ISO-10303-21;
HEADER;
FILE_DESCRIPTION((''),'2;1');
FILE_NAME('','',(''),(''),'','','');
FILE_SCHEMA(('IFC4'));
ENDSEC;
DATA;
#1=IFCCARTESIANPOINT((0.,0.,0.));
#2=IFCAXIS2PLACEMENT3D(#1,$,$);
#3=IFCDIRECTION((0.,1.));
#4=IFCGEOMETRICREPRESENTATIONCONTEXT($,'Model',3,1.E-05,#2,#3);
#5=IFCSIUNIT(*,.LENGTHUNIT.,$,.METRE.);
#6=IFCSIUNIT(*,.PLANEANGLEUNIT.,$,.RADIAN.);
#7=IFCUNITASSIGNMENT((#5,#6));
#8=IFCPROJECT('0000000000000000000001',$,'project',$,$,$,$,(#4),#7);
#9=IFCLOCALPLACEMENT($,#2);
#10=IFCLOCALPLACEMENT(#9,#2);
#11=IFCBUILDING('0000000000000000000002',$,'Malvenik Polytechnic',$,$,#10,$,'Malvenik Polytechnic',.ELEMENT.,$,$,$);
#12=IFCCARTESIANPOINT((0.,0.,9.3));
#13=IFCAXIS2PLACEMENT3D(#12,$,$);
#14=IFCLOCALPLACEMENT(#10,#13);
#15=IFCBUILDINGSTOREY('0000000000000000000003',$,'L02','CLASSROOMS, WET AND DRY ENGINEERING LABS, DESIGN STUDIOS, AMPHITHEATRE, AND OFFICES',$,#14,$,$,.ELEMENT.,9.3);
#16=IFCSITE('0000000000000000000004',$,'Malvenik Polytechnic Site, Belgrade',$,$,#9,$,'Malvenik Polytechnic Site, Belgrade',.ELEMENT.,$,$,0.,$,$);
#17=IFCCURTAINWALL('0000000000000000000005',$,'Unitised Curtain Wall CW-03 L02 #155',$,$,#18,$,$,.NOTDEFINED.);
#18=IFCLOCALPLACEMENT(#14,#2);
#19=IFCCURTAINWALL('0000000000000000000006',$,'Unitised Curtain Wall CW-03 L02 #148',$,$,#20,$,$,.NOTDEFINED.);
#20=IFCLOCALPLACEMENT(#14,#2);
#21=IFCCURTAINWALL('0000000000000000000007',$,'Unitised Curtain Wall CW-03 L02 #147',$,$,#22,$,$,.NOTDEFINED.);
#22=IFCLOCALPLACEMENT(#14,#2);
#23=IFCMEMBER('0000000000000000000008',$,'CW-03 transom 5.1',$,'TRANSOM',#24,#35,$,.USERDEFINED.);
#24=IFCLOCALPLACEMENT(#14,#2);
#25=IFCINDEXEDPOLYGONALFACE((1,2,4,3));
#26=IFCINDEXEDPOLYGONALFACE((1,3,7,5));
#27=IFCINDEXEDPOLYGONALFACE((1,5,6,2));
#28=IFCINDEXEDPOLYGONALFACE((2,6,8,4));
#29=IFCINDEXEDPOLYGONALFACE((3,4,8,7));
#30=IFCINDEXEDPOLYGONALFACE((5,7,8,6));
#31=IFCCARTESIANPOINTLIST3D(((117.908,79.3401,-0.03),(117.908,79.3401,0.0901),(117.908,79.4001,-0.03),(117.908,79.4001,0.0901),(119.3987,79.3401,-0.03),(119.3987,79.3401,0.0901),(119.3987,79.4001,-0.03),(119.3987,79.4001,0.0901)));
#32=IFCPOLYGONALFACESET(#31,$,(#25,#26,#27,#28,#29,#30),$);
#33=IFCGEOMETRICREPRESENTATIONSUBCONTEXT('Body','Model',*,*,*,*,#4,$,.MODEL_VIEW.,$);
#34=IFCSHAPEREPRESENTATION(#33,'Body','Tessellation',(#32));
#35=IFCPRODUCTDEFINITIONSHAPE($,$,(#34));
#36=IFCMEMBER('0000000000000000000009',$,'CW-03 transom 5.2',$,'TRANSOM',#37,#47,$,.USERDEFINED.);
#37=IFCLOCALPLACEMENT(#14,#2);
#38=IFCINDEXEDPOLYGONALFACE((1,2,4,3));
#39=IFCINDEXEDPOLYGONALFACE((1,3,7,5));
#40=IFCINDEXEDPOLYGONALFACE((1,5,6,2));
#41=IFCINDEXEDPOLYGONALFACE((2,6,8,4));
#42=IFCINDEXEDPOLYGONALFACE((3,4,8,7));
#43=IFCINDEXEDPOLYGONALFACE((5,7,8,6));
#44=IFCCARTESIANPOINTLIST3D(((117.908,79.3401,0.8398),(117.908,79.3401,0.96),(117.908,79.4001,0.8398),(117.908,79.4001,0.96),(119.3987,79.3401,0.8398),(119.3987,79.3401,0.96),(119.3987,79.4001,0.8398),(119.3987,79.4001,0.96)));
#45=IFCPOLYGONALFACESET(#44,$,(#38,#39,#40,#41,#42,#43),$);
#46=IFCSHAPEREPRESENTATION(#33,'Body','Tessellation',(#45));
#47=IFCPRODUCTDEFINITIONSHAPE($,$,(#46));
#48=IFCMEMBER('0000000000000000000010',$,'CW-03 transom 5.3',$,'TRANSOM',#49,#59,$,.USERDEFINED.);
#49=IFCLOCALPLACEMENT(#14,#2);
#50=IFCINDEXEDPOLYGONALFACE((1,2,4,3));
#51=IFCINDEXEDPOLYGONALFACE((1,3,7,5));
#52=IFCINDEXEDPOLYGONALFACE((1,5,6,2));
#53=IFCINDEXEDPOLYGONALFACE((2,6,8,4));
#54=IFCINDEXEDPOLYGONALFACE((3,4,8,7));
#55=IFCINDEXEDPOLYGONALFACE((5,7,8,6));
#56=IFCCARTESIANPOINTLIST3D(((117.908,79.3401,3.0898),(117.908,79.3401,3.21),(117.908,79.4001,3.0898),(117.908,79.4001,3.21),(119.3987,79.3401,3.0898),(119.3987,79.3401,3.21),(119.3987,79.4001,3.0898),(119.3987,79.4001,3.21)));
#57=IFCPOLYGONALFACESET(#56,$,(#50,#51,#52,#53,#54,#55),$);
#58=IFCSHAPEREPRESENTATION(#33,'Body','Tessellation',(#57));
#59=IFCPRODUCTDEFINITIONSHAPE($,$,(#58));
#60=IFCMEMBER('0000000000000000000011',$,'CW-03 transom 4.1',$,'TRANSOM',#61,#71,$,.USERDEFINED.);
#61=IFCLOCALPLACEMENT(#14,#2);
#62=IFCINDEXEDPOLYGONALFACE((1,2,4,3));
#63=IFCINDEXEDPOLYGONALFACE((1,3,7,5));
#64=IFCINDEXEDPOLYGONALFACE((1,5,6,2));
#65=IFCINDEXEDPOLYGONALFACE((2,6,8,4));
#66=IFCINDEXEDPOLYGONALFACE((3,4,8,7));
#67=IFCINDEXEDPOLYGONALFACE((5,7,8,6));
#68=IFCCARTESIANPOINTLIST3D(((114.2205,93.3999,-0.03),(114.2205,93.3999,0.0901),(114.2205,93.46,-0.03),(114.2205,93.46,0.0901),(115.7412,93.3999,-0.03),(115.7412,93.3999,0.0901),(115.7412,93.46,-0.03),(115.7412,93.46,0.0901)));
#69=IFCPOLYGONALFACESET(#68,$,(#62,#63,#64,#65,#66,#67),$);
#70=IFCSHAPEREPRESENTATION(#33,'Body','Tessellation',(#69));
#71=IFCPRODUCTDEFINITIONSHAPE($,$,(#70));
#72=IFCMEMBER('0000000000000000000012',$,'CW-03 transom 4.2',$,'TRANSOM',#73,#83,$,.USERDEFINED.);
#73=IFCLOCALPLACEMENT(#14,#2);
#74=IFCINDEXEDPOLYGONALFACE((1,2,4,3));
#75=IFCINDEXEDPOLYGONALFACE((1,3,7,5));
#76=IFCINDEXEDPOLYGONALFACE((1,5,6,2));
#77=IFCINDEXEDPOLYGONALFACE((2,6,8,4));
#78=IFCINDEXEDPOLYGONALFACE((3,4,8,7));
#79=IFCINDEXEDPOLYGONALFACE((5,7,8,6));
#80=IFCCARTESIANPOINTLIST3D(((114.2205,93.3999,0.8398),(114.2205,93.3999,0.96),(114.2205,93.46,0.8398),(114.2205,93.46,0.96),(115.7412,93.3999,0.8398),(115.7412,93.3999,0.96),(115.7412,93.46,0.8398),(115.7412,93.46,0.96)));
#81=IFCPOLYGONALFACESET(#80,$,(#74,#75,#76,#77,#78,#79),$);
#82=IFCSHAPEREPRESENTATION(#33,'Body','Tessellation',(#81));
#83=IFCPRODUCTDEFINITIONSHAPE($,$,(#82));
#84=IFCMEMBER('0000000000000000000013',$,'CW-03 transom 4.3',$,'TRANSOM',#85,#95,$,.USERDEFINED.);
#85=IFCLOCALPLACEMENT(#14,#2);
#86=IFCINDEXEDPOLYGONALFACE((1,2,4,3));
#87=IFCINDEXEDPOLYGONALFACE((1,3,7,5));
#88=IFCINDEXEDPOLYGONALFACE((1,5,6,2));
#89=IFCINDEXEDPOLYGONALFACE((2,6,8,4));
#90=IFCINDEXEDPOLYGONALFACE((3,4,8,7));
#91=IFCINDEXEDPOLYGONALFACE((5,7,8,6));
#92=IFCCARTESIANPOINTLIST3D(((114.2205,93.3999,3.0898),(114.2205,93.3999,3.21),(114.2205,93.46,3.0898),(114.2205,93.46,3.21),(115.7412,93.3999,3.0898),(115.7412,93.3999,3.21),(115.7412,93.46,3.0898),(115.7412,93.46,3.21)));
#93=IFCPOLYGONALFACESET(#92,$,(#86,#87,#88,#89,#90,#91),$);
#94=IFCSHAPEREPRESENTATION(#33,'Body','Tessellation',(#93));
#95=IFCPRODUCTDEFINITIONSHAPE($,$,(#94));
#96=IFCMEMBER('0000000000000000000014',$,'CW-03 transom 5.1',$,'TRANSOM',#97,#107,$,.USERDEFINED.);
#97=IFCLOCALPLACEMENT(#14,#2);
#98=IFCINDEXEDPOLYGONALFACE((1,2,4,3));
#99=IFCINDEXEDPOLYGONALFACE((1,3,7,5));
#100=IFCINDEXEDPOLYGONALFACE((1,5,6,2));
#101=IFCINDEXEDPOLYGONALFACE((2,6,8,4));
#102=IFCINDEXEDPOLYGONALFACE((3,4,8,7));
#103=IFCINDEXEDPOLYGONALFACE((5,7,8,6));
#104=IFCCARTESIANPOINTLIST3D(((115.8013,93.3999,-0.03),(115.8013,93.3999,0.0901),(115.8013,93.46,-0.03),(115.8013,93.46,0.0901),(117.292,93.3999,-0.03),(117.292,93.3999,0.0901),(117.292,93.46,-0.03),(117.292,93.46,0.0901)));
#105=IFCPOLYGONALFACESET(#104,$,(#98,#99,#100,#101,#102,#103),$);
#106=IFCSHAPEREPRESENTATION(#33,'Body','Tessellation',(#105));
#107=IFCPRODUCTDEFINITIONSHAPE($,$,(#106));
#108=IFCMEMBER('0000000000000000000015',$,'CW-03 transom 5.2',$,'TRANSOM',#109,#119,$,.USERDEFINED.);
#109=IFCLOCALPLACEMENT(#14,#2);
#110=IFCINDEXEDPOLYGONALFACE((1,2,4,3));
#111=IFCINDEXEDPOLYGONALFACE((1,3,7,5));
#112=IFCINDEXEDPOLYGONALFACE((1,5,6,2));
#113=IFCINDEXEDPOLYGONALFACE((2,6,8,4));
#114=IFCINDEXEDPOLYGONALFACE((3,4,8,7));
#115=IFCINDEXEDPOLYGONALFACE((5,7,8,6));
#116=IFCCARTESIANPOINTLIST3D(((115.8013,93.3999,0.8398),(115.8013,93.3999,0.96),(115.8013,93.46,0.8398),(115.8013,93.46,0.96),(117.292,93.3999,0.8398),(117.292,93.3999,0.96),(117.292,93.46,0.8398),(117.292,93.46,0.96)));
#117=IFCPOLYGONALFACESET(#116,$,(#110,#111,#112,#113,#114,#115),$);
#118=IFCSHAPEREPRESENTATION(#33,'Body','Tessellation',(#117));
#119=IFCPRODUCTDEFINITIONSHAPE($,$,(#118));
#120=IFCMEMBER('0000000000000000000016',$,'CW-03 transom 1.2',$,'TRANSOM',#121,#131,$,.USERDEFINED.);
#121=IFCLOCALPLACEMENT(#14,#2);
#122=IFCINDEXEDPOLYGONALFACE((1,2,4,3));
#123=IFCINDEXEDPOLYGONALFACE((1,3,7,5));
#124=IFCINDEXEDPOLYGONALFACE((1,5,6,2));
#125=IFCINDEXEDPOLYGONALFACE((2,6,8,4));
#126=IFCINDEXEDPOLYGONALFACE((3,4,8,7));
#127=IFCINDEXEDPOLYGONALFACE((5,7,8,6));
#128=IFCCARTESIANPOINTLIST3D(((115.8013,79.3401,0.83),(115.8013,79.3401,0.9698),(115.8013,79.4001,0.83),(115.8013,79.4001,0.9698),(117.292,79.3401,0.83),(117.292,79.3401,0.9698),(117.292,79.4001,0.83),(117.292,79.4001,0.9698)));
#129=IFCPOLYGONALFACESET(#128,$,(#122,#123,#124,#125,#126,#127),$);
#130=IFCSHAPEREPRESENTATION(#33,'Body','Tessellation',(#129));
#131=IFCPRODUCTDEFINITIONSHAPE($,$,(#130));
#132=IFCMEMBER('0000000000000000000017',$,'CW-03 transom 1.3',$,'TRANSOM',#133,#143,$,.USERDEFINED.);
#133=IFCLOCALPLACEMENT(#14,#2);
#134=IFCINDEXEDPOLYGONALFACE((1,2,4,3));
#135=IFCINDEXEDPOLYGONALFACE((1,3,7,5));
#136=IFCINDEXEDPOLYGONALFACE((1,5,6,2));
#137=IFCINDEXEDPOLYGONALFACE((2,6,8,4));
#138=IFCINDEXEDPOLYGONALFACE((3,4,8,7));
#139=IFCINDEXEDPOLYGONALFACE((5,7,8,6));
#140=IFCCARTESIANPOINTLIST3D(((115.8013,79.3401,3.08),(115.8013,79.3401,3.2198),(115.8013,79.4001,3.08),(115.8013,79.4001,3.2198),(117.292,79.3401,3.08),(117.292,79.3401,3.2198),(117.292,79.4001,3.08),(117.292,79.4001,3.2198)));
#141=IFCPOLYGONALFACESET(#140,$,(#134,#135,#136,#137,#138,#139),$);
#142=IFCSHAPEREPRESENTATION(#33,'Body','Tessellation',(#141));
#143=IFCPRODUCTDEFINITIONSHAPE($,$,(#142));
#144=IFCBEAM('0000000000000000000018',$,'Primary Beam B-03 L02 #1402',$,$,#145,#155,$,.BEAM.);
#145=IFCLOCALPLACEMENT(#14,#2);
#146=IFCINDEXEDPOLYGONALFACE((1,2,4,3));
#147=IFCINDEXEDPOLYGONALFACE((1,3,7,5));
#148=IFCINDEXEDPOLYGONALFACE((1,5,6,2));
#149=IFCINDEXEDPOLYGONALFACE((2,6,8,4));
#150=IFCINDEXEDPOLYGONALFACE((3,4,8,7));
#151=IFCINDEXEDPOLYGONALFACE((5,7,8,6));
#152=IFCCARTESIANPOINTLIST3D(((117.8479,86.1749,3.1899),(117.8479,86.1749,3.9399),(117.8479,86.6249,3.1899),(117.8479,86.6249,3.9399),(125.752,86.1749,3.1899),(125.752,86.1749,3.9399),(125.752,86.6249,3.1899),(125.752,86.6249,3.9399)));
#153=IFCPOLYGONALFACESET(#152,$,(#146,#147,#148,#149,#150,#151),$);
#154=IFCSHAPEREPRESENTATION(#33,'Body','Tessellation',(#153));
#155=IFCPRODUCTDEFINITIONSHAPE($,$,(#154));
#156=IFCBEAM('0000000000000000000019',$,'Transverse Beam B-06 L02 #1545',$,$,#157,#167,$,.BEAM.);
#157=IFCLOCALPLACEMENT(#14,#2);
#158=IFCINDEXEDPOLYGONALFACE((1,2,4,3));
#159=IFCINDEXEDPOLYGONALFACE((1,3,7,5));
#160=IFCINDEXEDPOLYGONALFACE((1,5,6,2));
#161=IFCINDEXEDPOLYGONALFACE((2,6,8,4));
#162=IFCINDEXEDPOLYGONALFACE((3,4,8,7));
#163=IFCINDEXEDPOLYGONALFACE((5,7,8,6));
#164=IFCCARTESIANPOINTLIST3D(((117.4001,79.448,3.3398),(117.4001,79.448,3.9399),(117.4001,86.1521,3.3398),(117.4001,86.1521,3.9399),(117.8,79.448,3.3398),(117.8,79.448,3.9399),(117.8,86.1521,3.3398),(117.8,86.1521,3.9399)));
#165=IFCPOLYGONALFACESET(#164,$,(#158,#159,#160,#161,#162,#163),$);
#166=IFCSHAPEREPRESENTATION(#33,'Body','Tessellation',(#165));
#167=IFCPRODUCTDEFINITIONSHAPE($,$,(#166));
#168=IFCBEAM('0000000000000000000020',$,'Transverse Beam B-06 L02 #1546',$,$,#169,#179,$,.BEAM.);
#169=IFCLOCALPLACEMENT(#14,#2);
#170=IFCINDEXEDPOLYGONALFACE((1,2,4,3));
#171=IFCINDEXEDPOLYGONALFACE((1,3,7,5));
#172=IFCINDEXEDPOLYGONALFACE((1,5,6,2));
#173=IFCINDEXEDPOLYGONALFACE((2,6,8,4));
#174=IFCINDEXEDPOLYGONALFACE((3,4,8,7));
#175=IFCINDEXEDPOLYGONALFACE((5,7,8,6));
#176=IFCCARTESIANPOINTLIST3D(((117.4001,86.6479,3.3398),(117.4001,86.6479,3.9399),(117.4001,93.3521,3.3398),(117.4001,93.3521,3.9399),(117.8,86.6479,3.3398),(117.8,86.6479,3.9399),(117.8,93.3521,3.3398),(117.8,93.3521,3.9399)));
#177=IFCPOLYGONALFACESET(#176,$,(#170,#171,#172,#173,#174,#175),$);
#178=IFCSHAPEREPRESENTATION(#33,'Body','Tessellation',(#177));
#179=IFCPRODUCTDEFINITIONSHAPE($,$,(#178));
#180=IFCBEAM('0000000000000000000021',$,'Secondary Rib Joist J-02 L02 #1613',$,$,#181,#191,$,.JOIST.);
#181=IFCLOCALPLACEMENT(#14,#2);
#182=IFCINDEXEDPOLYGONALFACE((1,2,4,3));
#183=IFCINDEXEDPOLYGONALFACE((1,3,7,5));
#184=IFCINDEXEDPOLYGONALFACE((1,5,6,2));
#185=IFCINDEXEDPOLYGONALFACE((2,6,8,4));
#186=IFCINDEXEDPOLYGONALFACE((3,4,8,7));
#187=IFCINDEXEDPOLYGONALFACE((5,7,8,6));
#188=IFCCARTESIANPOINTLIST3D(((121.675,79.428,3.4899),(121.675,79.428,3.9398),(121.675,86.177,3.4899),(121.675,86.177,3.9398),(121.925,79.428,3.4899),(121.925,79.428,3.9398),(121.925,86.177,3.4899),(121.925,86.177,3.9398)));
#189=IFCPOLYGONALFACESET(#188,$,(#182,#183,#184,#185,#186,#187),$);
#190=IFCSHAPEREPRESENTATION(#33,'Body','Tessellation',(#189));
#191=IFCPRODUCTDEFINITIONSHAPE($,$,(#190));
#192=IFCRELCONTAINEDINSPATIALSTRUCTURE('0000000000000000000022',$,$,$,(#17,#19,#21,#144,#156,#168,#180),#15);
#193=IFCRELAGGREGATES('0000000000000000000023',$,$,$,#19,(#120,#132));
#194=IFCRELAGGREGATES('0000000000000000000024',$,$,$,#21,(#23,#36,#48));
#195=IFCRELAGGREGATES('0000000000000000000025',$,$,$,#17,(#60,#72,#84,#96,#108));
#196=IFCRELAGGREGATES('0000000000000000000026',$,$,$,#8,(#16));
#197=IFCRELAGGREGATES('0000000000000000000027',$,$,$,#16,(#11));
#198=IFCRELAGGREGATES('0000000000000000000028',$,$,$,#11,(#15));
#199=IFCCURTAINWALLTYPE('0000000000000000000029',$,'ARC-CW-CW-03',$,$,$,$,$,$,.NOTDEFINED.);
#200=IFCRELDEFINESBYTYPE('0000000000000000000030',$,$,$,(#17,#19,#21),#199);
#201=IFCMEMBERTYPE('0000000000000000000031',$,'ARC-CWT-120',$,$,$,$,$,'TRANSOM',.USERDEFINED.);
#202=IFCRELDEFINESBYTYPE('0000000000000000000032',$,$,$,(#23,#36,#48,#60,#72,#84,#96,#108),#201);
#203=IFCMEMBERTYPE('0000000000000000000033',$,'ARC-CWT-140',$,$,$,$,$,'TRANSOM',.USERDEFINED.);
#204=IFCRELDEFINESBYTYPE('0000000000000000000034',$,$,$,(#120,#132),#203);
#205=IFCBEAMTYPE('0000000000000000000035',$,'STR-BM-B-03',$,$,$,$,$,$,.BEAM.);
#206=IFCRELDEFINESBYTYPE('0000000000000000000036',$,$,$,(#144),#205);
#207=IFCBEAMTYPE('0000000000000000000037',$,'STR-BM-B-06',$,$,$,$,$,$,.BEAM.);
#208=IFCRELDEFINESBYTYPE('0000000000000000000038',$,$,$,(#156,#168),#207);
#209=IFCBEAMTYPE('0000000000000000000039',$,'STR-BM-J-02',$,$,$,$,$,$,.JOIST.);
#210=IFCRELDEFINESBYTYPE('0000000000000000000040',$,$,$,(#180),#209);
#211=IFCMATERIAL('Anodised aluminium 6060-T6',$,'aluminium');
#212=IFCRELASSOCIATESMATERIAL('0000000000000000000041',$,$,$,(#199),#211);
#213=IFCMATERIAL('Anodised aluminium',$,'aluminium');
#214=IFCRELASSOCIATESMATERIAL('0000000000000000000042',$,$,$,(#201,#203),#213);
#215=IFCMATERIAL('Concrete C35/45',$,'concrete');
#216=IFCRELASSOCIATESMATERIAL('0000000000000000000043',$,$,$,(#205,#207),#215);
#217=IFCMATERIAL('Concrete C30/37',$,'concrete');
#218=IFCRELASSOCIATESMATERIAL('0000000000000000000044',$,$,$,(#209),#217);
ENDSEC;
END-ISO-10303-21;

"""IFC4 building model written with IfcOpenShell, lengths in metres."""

from ifc_helpers import new_model, si_unit, direction, frame, origin, origin_2d, place, context, subcontext, project, spatial, rectangle, extrude, material, material_profile, profile_set, type_object, element, aggregate, save


model = new_model("IFC4")

# Units and contexts
model_context = context("Model", 3, precision=1e-05, world=origin(), true_north=direction((0.0, 1.0)))
body_context = subcontext(model_context, "Body", "Model", "MODEL_VIEW")
ifc_project = project(units=[si_unit("LENGTHUNIT", "METRE"), si_unit("PLANEANGLEUNIT", "RADIAN")], contexts=[model_context])

# Site, building, storey
site_placement = place(None, origin())
site = spatial("IfcSite", under=ifc_project, at=site_placement, Name="Malvenik Polytechnic Site, Belgrade", LongName="Malvenik Polytechnic Site, Belgrade", CompositionType="ELEMENT", RefElevation=0.0)
building_placement = place(site_placement, origin())
building = spatial("IfcBuilding", under=site, at=building_placement, Name="Malvenik Polytechnic", LongName="Malvenik Polytechnic", CompositionType="ELEMENT")
storey_placement = place(building_placement, frame((0.0, 0.0, 9.3)))
storey = spatial("IfcBuildingStorey", under=building, at=storey_placement, Name="L02", Description="CLASSROOMS, WET AND DRY ENGINEERING LABS, DESIGN STUDIOS, AMPHITHEATRE, AND OFFICES", CompositionType="ELEMENT", Elevation=9.3)

# Shared definitions
ifc_material_1 = material(Name="Concrete C35/45", Category="concrete")

# Curtain wall
ifc_material_2 = material(Name="Anodised aluminium 6060-T6", Category="aluminium")
curtain_wall_type = type_object("IfcCurtainWallType", Name="ARC-CW-CW-03", PredefinedType="NOTDEFINED", material=ifc_material_2)
curtain_wall_1_placement = place(storey_placement, origin())
curtain_wall_1 = element("IfcCurtainWall", 1, at=curtain_wall_1_placement, inside=storey, type_object=curtain_wall_type, Name="Unitised Curtain Wall CW-03 L02 #155", PredefinedType="NOTDEFINED")
ifc_material_3 = material(Name="Anodised aluminium", Category="aluminium")

# Curtain wall
curtain_wall_2_placement = place(storey_placement, origin())
curtain_wall_2 = element("IfcCurtainWall", 2, at=curtain_wall_2_placement, inside=storey, type_object=curtain_wall_type, Name="Unitised Curtain Wall CW-03 L02 #148", PredefinedType="NOTDEFINED")

# Curtain wall, members
curtain_wall_3_placement = place(storey_placement, origin())
curtain_wall_3 = element("IfcCurtainWall", 3, at=curtain_wall_3_placement, inside=storey, type_object=curtain_wall_type, Name="Unitised Curtain Wall CW-03 L02 #147", PredefinedType="NOTDEFINED")
ifc_material_profile_1 = material_profile(ifc_material_3, rectangle(XDim=0.0601, YDim=0.1201, at=origin_2d()), Name="ALU TRANSOM 60x120")
ifc_profile_set_1 = profile_set([ifc_material_profile_1], Name="Anodised aluminium")
member_type_1 = type_object("IfcMemberType", Name="ARC-CWT-120", ElementType="TRANSOM", PredefinedType="USERDEFINED", material=ifc_profile_set_1)
member_1_placement = place(storey_placement, frame((119.3987, 79.3701, 0.03), z_axis=(-1.0, 0.0, 0.0), x_axis=(0.0, -1.0, 0.0)))
member_1 = element("IfcMember", 4, at=member_1_placement, type_object=member_type_1, Name="CW-03 transom 5.1", ObjectType="TRANSOM", PredefinedType="USERDEFINED", context=body_context, shape_type="SweptSolid", body=[
    extrude(rectangle(XDim=0.0601, YDim=0.1201, at=origin_2d()), origin(), (0.0, 0.0, 1.0), 1.4907),
])
member_2_placement = place(storey_placement, frame((119.3987, 79.3701, 0.8999), z_axis=(-1.0, 0.0, 0.0), x_axis=(0.0, -1.0, 0.0)))
member_2 = element("IfcMember", 5, at=member_2_placement, type_object=member_type_1, Name="CW-03 transom 5.2", ObjectType="TRANSOM", PredefinedType="USERDEFINED", context=body_context, shape_type="SweptSolid", body=[
    extrude(rectangle(XDim=0.0601, YDim=0.1201, at=origin_2d()), origin(), (0.0, 0.0, 1.0), 1.4907),
])
member_3_placement = place(storey_placement, frame((119.3987, 79.3701, 3.1499), z_axis=(-1.0, 0.0, 0.0), x_axis=(0.0, -1.0, 0.0)))
member_3 = element("IfcMember", 6, at=member_3_placement, type_object=member_type_1, Name="CW-03 transom 5.3", ObjectType="TRANSOM", PredefinedType="USERDEFINED", context=body_context, shape_type="SweptSolid", body=[
    extrude(rectangle(XDim=0.0601, YDim=0.1201, at=origin_2d()), origin(), (0.0, 0.0, 1.0), 1.4907),
])

# Members
member_4_placement = place(storey_placement, frame((114.2205, 93.4299, 0.03), z_axis=(1.0, 0.0, 0.0), x_axis=(0.0, 1.0, 0.0)))
member_4 = element("IfcMember", 7, at=member_4_placement, type_object=member_type_1, Name="CW-03 transom 4.1", ObjectType="TRANSOM", PredefinedType="USERDEFINED", context=body_context, shape_type="SweptSolid", body=[
    extrude(rectangle(XDim=0.0601, YDim=0.1201, at=origin_2d()), origin(), (0.0, 0.0, 1.0), 1.5208),
])
member_5_placement = place(storey_placement, frame((114.2205, 93.4299, 0.8999), z_axis=(1.0, 0.0, 0.0), x_axis=(0.0, 1.0, 0.0)))
member_5 = element("IfcMember", 8, at=member_5_placement, type_object=member_type_1, Name="CW-03 transom 4.2", ObjectType="TRANSOM", PredefinedType="USERDEFINED", context=body_context, shape_type="SweptSolid", body=[
    extrude(rectangle(XDim=0.0601, YDim=0.1201, at=origin_2d()), origin(), (0.0, 0.0, 1.0), 1.5208),
])
member_6_placement = place(storey_placement, frame((114.2205, 93.4299, 3.1499), z_axis=(1.0, 0.0, 0.0), x_axis=(0.0, 1.0, 0.0)))
member_6 = element("IfcMember", 9, at=member_6_placement, type_object=member_type_1, Name="CW-03 transom 4.3", ObjectType="TRANSOM", PredefinedType="USERDEFINED", context=body_context, shape_type="SweptSolid", body=[
    extrude(rectangle(XDim=0.0601, YDim=0.1201, at=origin_2d()), origin(), (0.0, 0.0, 1.0), 1.5208),
])
member_7_placement = place(storey_placement, frame((115.8013, 93.4299, 0.03), z_axis=(1.0, 0.0, 0.0), x_axis=(0.0, 1.0, 0.0)))
member_7 = element("IfcMember", 10, at=member_7_placement, type_object=member_type_1, Name="CW-03 transom 5.1", ObjectType="TRANSOM", PredefinedType="USERDEFINED", context=body_context, shape_type="SweptSolid", body=[
    extrude(rectangle(XDim=0.0601, YDim=0.1201, at=origin_2d()), origin(), (0.0, 0.0, 1.0), 1.4907),
])
member_8_placement = place(storey_placement, frame((115.8013, 93.4299, 0.8999), z_axis=(1.0, 0.0, 0.0), x_axis=(0.0, 1.0, 0.0)))
member_8 = element("IfcMember", 11, at=member_8_placement, type_object=member_type_1, Name="CW-03 transom 5.2", ObjectType="TRANSOM", PredefinedType="USERDEFINED", context=body_context, shape_type="SweptSolid", body=[
    extrude(rectangle(XDim=0.0601, YDim=0.1201, at=origin_2d()), origin(), (0.0, 0.0, 1.0), 1.4907),
])
ifc_material_profile_2 = material_profile(ifc_material_3, rectangle(XDim=0.0601, YDim=0.1399, at=origin_2d()), Name="ALU TRANSOM 60x140")
ifc_profile_set_2 = profile_set([ifc_material_profile_2], Name="Anodised aluminium")
member_type_2 = type_object("IfcMemberType", Name="ARC-CWT-140", ElementType="TRANSOM", PredefinedType="USERDEFINED", material=ifc_profile_set_2)
member_9_placement = place(storey_placement, frame((117.292, 79.3701, 0.8999), z_axis=(-1.0, 0.0, 0.0), x_axis=(0.0, -1.0, 0.0)))
member_9 = element("IfcMember", 12, at=member_9_placement, type_object=member_type_2, Name="CW-03 transom 1.2", ObjectType="TRANSOM", PredefinedType="USERDEFINED", context=body_context, shape_type="SweptSolid", body=[
    extrude(rectangle(XDim=0.0601, YDim=0.1399, at=origin_2d()), origin(), (0.0, 0.0, 1.0), 1.4907),
])
member_10_placement = place(storey_placement, frame((117.292, 79.3701, 3.1499), z_axis=(-1.0, 0.0, 0.0), x_axis=(0.0, -1.0, 0.0)))
member_10 = element("IfcMember", 13, at=member_10_placement, type_object=member_type_2, Name="CW-03 transom 1.3", ObjectType="TRANSOM", PredefinedType="USERDEFINED", context=body_context, shape_type="SweptSolid", body=[
    extrude(rectangle(XDim=0.0601, YDim=0.1399, at=origin_2d()), origin(), (0.0, 0.0, 1.0), 1.4907),
])
aggregate(curtain_wall_2, [member_9, member_10])

# Beams
ifc_material_profile_3 = material_profile(ifc_material_1, rectangle(XDim=0.45, YDim=0.75, at=origin_2d()), Name="RC BM 450x750")
ifc_profile_set_3 = profile_set([ifc_material_profile_3], Name="Concrete C35/45")
beam_type_1 = type_object("IfcBeamType", Name="STR-BM-B-03", PredefinedType="BEAM", material=ifc_profile_set_3)
beam_placement = place(storey_placement, frame((117.8479, 86.3999, 3.5649), z_axis=(1.0, 0.0, 0.0), x_axis=(0.0, 1.0, 0.0)))
element("IfcBeam", 14, at=beam_placement, inside=storey, type_object=beam_type_1, Name="Primary Beam B-03 L02 #1402", PredefinedType="BEAM", context=body_context, shape_type="SweptSolid", body=[
    extrude(rectangle(XDim=0.45, YDim=0.75, at=origin_2d()), origin(), (0.0, 0.0, 1.0), 7.9041),
])
ifc_material_profile_4 = material_profile(ifc_material_1, rectangle(XDim=0.3999, YDim=0.6001, at=origin_2d()), Name="RC BM 400x600")
ifc_profile_set_4 = profile_set([ifc_material_profile_4], Name="Concrete C35/45")
beam_type_2 = type_object("IfcBeamType", Name="STR-BM-B-06", PredefinedType="BEAM", material=ifc_profile_set_4)
for number, where, z_axis, x_axis, name in (
    (15, (117.6001, 79.448, 3.6399), (0.0, 1.0, 0.0), (-1.0, 0.0, 0.0), "Transverse Beam B-06 L02 #1545"),
    (16, (117.6001, 86.6479, 3.6399), (0.0, 1.0, 0.0), (-1.0, 0.0, 0.0), "Transverse Beam B-06 L02 #1546"),
):
    element("IfcBeam", number, at=place(storey_placement, frame(where, z_axis=z_axis, x_axis=x_axis)), inside=storey, type_object=beam_type_2, Name=name, PredefinedType="BEAM", context=body_context, shape_type="SweptSolid", body=[
        extrude(rectangle(XDim=0.3999, YDim=0.6001, at=origin_2d()), origin(), (0.0, 0.0, 1.0), 6.7041),
    ])
ifc_material_4 = material(Name="Concrete C30/37", Category="concrete")
ifc_material_profile_5 = material_profile(ifc_material_4, rectangle(XDim=0.25, YDim=0.45, at=origin_2d()), Name="RC JST 250x450")
ifc_profile_set_5 = profile_set([ifc_material_profile_5], Name="Concrete C30/37")
beam_type_3 = type_object("IfcBeamType", Name="STR-BM-J-02", PredefinedType="JOIST", material=ifc_profile_set_5)
for number, where, z_axis, x_axis, name in (
    (17, (121.8, 79.428, 3.7148), (0.0, 1.0, 0.0), (-1.0, 0.0, 0.0), "Secondary Rib Joist J-02 L02 #1613"),
):
    element("IfcBeam", number, at=place(storey_placement, frame(where, z_axis=z_axis, x_axis=x_axis)), inside=storey, type_object=beam_type_3, Name=name, PredefinedType="JOIST", context=body_context, shape_type="SweptSolid", body=[
        extrude(rectangle(XDim=0.25, YDim=0.45, at=origin_2d()), origin(), (0.0, 0.0, 1.0), 6.749),
    ])

aggregate(curtain_wall_3, [member_1, member_2, member_3])
aggregate(curtain_wall_1, [member_4, member_5, member_6, member_7, member_8])

save(model, "model.ifc")
